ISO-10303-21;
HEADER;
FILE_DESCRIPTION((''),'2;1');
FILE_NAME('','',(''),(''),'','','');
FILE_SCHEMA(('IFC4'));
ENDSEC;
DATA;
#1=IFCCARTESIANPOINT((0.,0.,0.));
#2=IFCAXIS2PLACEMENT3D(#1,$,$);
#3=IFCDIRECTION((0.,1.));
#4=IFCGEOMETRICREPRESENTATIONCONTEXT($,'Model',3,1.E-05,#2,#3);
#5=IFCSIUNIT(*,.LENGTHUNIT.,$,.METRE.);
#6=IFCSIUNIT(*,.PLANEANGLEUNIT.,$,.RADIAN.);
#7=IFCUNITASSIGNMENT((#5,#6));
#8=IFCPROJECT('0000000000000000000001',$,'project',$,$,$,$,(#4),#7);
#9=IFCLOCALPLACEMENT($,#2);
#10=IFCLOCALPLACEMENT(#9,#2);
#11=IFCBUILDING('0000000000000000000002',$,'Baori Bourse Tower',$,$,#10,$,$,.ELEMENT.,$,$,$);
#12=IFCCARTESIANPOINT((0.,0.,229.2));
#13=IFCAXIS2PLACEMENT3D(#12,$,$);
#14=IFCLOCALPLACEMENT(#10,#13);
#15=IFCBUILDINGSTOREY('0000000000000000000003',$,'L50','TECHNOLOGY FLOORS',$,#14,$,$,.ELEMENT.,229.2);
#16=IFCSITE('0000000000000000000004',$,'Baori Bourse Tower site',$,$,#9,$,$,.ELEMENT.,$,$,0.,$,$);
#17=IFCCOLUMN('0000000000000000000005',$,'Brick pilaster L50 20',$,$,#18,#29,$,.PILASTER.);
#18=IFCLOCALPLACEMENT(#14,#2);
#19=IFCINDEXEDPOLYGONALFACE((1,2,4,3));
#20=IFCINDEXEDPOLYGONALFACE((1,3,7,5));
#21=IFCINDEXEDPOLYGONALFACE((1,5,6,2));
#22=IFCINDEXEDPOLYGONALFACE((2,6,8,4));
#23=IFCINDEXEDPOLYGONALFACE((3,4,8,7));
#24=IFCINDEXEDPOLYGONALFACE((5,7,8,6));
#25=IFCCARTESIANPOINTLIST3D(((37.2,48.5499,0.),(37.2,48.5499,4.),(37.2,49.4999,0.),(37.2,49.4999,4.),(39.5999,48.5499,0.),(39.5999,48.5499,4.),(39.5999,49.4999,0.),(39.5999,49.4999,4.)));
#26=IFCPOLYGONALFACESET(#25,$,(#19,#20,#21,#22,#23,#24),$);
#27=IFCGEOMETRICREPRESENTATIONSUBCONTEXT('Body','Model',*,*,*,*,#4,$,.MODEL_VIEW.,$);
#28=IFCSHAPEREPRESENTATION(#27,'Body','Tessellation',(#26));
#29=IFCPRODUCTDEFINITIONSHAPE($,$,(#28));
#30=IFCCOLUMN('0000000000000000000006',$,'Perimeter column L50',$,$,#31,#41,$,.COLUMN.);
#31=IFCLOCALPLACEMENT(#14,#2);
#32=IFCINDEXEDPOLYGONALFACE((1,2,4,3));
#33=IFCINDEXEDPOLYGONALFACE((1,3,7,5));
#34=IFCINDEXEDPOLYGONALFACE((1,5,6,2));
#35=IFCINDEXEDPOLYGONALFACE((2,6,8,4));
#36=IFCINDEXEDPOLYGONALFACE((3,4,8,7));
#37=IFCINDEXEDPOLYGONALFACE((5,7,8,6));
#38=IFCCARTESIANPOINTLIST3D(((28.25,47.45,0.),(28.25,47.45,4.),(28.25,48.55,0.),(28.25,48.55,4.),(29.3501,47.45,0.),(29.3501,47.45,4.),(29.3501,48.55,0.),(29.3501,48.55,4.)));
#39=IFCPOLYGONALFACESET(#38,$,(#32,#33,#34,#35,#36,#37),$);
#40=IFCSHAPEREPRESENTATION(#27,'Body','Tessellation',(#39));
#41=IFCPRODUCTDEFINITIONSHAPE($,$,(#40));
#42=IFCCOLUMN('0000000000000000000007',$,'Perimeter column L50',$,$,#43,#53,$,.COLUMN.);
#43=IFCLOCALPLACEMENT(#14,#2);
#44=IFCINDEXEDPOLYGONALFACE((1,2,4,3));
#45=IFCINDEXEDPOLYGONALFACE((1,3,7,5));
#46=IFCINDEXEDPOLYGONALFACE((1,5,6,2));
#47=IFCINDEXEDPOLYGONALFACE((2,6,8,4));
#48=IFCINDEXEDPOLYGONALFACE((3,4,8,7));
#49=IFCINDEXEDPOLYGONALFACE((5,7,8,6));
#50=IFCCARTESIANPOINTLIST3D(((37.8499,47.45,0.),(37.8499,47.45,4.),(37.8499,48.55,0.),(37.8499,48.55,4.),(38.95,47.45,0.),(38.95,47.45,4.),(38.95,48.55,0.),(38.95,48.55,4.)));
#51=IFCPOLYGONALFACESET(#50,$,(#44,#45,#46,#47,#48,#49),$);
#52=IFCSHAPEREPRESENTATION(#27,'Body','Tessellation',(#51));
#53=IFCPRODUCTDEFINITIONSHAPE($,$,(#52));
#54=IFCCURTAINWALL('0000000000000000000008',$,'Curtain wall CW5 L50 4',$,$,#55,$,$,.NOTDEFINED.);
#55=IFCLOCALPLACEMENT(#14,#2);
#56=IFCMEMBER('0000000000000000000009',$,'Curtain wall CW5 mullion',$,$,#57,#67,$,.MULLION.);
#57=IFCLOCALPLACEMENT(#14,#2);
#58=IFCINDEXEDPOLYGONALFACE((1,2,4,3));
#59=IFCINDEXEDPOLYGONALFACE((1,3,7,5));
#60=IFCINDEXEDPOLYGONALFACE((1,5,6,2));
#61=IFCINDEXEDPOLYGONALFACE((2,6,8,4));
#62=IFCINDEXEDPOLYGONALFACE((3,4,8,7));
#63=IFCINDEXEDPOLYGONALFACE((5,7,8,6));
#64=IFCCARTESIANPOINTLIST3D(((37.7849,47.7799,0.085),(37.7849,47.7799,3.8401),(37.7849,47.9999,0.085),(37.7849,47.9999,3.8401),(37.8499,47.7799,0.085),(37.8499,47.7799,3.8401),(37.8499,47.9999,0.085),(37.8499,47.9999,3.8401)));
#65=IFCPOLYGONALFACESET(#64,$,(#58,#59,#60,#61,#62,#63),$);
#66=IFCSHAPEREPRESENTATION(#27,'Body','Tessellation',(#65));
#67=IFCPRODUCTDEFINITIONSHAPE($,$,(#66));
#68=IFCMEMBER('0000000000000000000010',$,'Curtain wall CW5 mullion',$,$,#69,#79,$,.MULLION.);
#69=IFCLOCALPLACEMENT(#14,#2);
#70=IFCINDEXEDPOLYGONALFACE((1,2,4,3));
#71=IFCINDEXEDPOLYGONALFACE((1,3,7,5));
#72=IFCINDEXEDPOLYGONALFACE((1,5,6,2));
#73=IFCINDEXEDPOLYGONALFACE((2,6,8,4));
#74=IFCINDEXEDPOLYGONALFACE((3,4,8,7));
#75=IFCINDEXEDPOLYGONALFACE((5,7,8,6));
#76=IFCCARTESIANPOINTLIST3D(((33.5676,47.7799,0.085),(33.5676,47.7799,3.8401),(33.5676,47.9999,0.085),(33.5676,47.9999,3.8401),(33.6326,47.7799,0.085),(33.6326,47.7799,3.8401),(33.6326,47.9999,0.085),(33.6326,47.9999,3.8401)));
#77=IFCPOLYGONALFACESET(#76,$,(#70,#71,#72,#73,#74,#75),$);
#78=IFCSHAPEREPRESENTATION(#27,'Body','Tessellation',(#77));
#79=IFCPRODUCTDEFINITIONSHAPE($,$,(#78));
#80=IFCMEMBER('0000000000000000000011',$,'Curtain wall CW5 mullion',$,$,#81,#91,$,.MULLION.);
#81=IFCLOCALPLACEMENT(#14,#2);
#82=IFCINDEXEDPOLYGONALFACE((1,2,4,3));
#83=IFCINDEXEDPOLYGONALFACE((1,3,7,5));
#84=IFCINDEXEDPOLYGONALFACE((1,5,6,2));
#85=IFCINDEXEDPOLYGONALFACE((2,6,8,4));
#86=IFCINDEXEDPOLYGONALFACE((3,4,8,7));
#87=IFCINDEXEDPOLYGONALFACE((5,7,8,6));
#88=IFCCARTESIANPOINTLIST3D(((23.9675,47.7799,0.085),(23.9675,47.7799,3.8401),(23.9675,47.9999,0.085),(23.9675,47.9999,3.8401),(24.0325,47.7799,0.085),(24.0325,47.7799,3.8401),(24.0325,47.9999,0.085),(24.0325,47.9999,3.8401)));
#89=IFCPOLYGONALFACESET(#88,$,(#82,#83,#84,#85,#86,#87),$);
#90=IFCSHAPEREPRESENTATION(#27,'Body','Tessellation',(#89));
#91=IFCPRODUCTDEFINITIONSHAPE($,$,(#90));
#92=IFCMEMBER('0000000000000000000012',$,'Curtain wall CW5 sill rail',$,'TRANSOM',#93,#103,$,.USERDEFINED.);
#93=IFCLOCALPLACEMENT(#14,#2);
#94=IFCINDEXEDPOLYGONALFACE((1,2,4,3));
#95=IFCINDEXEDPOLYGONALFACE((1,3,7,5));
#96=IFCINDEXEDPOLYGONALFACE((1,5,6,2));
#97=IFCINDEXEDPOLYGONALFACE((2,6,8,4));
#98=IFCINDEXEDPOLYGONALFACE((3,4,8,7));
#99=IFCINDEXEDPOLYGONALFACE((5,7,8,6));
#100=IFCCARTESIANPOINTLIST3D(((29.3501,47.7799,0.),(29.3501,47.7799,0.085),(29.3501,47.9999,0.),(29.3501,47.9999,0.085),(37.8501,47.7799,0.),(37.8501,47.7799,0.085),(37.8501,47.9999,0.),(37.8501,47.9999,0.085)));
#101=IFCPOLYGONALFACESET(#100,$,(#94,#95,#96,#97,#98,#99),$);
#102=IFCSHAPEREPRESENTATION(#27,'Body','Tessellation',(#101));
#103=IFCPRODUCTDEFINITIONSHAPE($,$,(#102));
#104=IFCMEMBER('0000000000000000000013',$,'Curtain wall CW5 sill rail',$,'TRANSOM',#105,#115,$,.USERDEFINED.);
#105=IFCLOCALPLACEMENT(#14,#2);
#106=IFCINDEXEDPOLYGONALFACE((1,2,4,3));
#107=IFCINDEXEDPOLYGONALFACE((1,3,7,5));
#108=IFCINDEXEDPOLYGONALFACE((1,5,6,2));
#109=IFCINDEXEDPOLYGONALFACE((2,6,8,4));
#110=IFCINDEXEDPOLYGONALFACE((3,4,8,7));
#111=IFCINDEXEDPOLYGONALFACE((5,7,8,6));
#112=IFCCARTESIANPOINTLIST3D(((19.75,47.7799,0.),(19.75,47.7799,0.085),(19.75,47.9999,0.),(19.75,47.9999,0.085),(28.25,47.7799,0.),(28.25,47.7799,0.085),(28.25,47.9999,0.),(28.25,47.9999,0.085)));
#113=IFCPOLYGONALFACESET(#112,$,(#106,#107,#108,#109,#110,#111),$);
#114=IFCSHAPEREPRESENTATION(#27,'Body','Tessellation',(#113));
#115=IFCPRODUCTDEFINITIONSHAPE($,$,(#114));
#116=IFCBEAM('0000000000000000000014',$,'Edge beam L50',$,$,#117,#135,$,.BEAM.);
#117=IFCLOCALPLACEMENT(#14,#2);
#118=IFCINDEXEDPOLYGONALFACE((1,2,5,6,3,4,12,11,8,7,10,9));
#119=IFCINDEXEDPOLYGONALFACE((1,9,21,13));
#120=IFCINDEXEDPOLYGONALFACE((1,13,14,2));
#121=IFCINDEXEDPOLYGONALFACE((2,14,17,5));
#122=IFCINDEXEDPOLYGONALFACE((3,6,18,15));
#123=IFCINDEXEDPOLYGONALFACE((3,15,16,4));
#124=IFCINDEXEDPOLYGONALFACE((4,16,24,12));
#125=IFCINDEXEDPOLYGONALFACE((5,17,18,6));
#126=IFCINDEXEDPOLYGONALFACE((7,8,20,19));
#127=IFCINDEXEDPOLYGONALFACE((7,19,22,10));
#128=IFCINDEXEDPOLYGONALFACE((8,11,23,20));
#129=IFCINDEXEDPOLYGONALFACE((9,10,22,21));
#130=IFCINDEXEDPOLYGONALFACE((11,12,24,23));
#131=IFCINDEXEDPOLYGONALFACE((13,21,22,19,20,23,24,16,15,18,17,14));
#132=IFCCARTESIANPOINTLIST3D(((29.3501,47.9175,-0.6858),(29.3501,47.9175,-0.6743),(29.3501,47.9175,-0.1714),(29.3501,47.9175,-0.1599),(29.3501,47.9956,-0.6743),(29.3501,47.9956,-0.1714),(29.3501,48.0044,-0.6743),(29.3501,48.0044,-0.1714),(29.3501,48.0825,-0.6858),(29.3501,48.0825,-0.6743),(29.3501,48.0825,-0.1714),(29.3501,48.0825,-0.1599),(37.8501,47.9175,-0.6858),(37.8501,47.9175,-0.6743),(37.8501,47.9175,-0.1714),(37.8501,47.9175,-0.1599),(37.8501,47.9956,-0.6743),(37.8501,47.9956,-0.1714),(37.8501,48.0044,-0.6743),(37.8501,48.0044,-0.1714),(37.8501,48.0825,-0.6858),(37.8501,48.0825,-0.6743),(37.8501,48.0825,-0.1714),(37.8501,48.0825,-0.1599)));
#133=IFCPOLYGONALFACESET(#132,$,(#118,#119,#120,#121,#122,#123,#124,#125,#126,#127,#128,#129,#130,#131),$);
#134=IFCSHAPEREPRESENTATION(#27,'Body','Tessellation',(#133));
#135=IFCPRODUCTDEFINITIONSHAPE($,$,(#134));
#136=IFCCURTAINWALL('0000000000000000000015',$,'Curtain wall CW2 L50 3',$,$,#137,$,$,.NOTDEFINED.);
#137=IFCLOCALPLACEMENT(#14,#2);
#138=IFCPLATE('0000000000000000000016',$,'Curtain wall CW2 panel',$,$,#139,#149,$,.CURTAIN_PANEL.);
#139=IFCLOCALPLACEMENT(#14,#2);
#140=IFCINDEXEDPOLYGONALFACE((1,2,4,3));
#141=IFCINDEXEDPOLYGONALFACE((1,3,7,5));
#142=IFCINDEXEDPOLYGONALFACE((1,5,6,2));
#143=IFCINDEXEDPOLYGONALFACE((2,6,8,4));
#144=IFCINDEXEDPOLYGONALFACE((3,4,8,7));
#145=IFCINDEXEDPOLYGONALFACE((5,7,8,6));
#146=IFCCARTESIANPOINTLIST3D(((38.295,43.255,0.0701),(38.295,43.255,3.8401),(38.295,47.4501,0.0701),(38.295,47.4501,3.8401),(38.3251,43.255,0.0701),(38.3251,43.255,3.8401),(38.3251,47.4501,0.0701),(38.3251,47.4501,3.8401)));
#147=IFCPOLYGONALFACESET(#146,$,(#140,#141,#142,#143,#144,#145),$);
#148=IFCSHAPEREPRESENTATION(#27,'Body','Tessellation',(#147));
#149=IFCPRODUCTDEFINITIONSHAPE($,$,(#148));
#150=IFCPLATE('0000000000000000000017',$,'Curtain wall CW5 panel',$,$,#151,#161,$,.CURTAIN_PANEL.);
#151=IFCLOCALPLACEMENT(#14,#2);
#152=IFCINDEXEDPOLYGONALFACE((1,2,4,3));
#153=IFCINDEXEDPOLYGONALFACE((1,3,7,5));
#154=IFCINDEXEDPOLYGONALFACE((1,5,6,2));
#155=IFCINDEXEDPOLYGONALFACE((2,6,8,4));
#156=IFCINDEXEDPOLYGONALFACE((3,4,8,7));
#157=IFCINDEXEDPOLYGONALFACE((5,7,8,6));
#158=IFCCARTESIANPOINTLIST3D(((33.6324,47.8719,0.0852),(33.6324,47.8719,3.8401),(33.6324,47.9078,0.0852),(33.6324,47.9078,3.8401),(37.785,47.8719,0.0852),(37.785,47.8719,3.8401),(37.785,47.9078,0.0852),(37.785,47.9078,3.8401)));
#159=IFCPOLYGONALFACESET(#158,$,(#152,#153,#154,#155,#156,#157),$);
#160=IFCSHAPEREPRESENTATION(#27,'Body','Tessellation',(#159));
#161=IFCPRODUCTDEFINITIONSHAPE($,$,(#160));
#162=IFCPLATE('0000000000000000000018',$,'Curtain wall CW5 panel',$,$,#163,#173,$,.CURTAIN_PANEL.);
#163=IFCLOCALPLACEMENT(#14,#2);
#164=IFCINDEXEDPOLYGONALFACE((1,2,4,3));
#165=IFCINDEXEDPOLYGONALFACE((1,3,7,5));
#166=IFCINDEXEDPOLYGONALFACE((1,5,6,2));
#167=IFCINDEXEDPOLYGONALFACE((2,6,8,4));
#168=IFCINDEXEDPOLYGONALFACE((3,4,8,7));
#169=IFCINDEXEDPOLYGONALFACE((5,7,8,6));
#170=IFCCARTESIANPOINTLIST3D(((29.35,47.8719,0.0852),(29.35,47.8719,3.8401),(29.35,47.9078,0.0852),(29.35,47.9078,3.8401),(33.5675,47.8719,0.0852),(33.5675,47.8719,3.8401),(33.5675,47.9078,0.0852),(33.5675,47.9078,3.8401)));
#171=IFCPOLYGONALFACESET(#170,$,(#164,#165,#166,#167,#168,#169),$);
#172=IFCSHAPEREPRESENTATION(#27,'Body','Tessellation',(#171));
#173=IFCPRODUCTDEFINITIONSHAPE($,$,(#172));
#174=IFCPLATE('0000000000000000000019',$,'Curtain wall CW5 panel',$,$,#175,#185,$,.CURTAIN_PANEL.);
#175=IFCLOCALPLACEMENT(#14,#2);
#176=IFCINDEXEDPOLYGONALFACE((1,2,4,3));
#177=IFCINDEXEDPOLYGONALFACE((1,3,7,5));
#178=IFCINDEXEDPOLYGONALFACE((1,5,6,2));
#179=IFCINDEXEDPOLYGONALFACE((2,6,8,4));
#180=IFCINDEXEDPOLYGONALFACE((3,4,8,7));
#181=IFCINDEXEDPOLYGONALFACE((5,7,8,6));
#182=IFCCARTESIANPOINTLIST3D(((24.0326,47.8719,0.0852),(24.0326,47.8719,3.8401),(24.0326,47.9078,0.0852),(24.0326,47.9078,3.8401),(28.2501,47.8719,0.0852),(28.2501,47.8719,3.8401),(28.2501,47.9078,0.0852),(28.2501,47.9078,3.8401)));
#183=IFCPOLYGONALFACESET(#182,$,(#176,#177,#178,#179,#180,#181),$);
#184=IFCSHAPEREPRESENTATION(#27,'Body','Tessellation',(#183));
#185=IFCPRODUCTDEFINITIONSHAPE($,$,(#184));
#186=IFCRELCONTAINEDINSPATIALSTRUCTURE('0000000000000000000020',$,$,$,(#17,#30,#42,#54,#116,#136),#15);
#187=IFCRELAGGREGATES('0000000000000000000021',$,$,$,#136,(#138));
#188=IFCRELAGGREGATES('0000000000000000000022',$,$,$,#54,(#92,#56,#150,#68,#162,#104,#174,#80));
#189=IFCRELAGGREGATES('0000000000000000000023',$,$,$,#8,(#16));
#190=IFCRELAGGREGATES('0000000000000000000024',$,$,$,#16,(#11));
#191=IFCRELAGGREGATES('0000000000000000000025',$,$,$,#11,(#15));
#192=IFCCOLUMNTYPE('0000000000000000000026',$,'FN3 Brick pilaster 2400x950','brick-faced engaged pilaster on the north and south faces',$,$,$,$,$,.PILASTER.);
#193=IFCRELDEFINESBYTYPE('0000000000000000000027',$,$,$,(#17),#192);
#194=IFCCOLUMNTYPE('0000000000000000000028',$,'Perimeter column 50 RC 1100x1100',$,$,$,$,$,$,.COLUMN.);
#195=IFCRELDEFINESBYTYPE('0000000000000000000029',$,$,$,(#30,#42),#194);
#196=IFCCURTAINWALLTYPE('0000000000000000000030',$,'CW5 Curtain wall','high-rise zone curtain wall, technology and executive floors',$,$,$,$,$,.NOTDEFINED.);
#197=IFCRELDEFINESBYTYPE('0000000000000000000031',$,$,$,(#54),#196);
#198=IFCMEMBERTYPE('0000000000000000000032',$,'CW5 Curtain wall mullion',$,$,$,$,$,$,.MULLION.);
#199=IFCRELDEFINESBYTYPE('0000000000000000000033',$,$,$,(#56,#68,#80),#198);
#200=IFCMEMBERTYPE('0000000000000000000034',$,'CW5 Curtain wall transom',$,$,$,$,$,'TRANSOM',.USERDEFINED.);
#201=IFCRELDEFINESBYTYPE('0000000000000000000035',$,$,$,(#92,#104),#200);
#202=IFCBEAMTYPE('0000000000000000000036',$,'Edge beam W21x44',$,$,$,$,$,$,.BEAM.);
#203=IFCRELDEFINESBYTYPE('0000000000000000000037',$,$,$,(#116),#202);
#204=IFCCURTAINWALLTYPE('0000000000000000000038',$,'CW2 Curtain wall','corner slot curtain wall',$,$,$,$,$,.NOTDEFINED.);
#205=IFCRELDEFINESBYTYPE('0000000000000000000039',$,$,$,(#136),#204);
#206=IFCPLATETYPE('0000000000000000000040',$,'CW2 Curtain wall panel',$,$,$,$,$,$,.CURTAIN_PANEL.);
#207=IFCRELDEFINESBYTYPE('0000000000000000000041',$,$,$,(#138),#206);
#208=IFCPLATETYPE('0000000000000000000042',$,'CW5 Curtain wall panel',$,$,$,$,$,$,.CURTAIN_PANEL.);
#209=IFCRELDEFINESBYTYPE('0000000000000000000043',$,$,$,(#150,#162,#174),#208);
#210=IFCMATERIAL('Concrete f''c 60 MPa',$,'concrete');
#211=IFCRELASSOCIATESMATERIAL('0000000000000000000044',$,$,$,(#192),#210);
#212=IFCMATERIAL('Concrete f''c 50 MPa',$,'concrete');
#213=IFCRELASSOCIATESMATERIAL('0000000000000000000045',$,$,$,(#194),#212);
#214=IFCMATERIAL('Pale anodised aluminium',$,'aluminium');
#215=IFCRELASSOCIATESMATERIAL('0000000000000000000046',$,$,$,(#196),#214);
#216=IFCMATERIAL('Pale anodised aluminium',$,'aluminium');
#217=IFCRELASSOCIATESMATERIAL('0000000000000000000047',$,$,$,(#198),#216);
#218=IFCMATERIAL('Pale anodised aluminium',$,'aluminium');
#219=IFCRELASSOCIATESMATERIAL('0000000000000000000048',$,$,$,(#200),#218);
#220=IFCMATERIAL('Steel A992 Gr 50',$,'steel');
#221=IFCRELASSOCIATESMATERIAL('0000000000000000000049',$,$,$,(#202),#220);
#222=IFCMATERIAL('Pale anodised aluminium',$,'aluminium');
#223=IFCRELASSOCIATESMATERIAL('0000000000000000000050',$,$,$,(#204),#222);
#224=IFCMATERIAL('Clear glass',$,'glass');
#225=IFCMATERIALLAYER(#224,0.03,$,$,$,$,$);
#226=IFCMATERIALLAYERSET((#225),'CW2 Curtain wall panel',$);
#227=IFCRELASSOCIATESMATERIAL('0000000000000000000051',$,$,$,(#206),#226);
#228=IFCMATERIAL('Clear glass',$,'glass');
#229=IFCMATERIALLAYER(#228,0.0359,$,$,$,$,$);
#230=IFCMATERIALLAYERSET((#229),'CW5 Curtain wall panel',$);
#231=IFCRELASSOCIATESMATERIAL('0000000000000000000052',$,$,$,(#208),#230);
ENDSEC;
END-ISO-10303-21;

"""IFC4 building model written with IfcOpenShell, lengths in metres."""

from ifc_helpers import new_model, si_unit, direction, frame, origin, origin_2d, place, context, subcontext, project, spatial, rectangle, i_section, extrude, material, layer, layer_set, material_profile, profile_set, type_object, element, aggregate, save


model = new_model("IFC4")

# Units and contexts
model_context = context("Model", 3, precision=1e-05, world=origin(), true_north=direction((0.0, 1.0)))
body_context = subcontext(model_context, "Body", "Model", "MODEL_VIEW")
ifc_project = project(units=[si_unit("LENGTHUNIT", "METRE"), si_unit("PLANEANGLEUNIT", "RADIAN")], contexts=[model_context])

# Site, building, storey
site_placement = place(None, origin())
site = spatial("IfcSite", under=ifc_project, at=site_placement, Name="Baori Bourse Tower site", CompositionType="ELEMENT", RefElevation=0.0)
building_placement = place(site_placement, origin())
building = spatial("IfcBuilding", under=site, at=building_placement, Name="Baori Bourse Tower", CompositionType="ELEMENT")
storey_placement = place(building_placement, frame((0.0, 0.0, 229.2)))
storey = spatial("IfcBuildingStorey", under=building, at=storey_placement, Name="L50", Description="TECHNOLOGY FLOORS", CompositionType="ELEMENT", Elevation=229.2)

# Columns
ifc_material_1 = material(Name="Concrete f'c 60 MPa", Category="concrete")
ifc_material_profile_1 = material_profile(ifc_material_1, rectangle(XDim=2.3999, YDim=0.95, at=origin_2d()), Name="RC 2400x950")
ifc_profile_set_1 = profile_set([ifc_material_profile_1], Name="Concrete f'c 60 MPa")
column_type_1 = type_object("IfcColumnType", Name="FN3 Brick pilaster 2400x950", Description="brick-faced engaged pilaster on the north and south faces", PredefinedType="PILASTER", material=ifc_profile_set_1)
column_placement = place(storey_placement, frame((38.3999, 49.0249, 0.0), z_axis=(0.0, 0.0, 1.0), x_axis=(1.0, 0.0, 0.0)))
element("IfcColumn", 1, at=column_placement, inside=storey, type_object=column_type_1, Name="Brick pilaster L50 20", PredefinedType="PILASTER", context=body_context, shape_type="SweptSolid", body=[
    extrude(rectangle(XDim=2.3999, YDim=0.95, at=origin_2d()), origin(), (0.0, 0.0, 1.0), 4.0),
])
ifc_material_2 = material(Name="Concrete f'c 50 MPa", Category="concrete")
ifc_material_profile_2 = material_profile(ifc_material_2, rectangle(XDim=1.1001, YDim=1.1001, at=origin_2d()), Name="RC 1100x1100")
ifc_profile_set_2 = profile_set([ifc_material_profile_2], Name="Concrete f'c 50 MPa")
column_type_2 = type_object("IfcColumnType", Name="Perimeter column 50 RC 1100x1100", PredefinedType="COLUMN", material=ifc_profile_set_2)
for number, where, z_axis, x_axis, name in (
    (2, (28.8, 48.0, 0.0), (0.0, 0.0, 1.0), (1.0, 0.0, 0.0), "Perimeter column L50"),
    (3, (38.3999, 48.0, 0.0), (0.0, 0.0, 1.0), (1.0, 0.0, 0.0), "Perimeter column L50"),
):
    element("IfcColumn", number, at=place(storey_placement, frame(where, z_axis=z_axis, x_axis=x_axis)), inside=storey, type_object=column_type_2, Name=name, PredefinedType="COLUMN", context=body_context, shape_type="SweptSolid", body=[
        extrude(rectangle(XDim=1.1001, YDim=1.1001, at=origin_2d()), origin(), (0.0, 0.0, 1.0), 4.0),
    ])

# Curtain wall, members
ifc_material_3 = material(Name="Pale anodised aluminium", Category="aluminium")
curtain_wall_type_1 = type_object("IfcCurtainWallType", Name="CW5 Curtain wall", Description="high-rise zone curtain wall, technology and executive floors", PredefinedType="NOTDEFINED", material=ifc_material_3)
curtain_wall_1_placement = place(storey_placement, origin())
curtain_wall_1 = element("IfcCurtainWall", 4, at=curtain_wall_1_placement, inside=storey, type_object=curtain_wall_type_1, Name="Curtain wall CW5 L50 4", PredefinedType="NOTDEFINED")
ifc_material_4 = material(Name="Pale anodised aluminium", Category="aluminium")
ifc_material_profile_3 = material_profile(ifc_material_4, rectangle(XDim=0.22, YDim=0.0649, at=origin_2d()), Name="Mullion 65x220")
ifc_profile_set_3 = profile_set([ifc_material_profile_3], Name="Pale anodised aluminium")
member_type_1 = type_object("IfcMemberType", Name="CW5 Curtain wall mullion", PredefinedType="MULLION", material=ifc_profile_set_3)
member_1_placement = place(storey_placement, frame((37.8174, 47.8899, 0.085), z_axis=(0.0, 0.0, 1.0), x_axis=(0.0, -1.0, 0.0)))
member_1 = element("IfcMember", 5, at=member_1_placement, type_object=member_type_1, Name="Curtain wall CW5 mullion", PredefinedType="MULLION", context=body_context, shape_type="SweptSolid", body=[
    extrude(rectangle(XDim=0.22, YDim=0.0649, at=origin_2d()), origin(), (0.0, 0.0, 1.0), 3.7551),
])
member_2_placement = place(storey_placement, frame((33.6001, 47.8899, 0.085), z_axis=(0.0, 0.0, 1.0), x_axis=(0.0, -1.0, 0.0)))
member_2 = element("IfcMember", 6, at=member_2_placement, type_object=member_type_1, Name="Curtain wall CW5 mullion", PredefinedType="MULLION", context=body_context, shape_type="SweptSolid", body=[
    extrude(rectangle(XDim=0.22, YDim=0.0649, at=origin_2d()), origin(), (0.0, 0.0, 1.0), 3.7551),
])
member_3_placement = place(storey_placement, frame((24.0, 47.8899, 0.085), z_axis=(0.0, 0.0, 1.0), x_axis=(0.0, -1.0, 0.0)))
member_3 = element("IfcMember", 7, at=member_3_placement, type_object=member_type_1, Name="Curtain wall CW5 mullion", PredefinedType="MULLION", context=body_context, shape_type="SweptSolid", body=[
    extrude(rectangle(XDim=0.22, YDim=0.0649, at=origin_2d()), origin(), (0.0, 0.0, 1.0), 3.7551),
])
ifc_material_5 = material(Name="Pale anodised aluminium", Category="aluminium")
ifc_material_profile_4 = material_profile(ifc_material_5, rectangle(XDim=0.22, YDim=0.085, at=origin_2d()), Name="Transom 85x220")
ifc_profile_set_4 = profile_set([ifc_material_profile_4], Name="Pale anodised aluminium")
member_type_2 = type_object("IfcMemberType", Name="CW5 Curtain wall transom", ElementType="TRANSOM", PredefinedType="USERDEFINED", material=ifc_profile_set_4)
member_4_placement = place(storey_placement, frame((37.8501, 47.8899, 0.0425), z_axis=(-1.0, 0.0, 0.0), x_axis=(0.0, -1.0, 0.0)))
member_4 = element("IfcMember", 8, at=member_4_placement, type_object=member_type_2, Name="Curtain wall CW5 sill rail", ObjectType="TRANSOM", PredefinedType="USERDEFINED", context=body_context, shape_type="SweptSolid", body=[
    extrude(rectangle(XDim=0.22, YDim=0.085, at=origin_2d()), origin(), (0.0, 0.0, 1.0), 8.5),
])
member_5_placement = place(storey_placement, frame((28.25, 47.8899, 0.0425), z_axis=(-1.0, 0.0, 0.0), x_axis=(0.0, -1.0, 0.0)))
member_5 = element("IfcMember", 9, at=member_5_placement, type_object=member_type_2, Name="Curtain wall CW5 sill rail", ObjectType="TRANSOM", PredefinedType="USERDEFINED", context=body_context, shape_type="SweptSolid", body=[
    extrude(rectangle(XDim=0.22, YDim=0.085, at=origin_2d()), origin(), (0.0, 0.0, 1.0), 8.5),
])

# Beam
ifc_material_6 = material(Name="Steel A992 Gr 50", Category="steel")
ifc_material_profile_5 = material_profile(ifc_material_6, i_section(OverallWidth=0.165, OverallDepth=0.5259, WebThickness=0.0088, FlangeThickness=0.0115, at=origin_2d()), Name="W21x44")
ifc_profile_set_5 = profile_set([ifc_material_profile_5], Name="Steel A992 Gr 50")
beam_type = type_object("IfcBeamType", Name="Edge beam W21x44", PredefinedType="BEAM", material=ifc_profile_set_5)
beam_placement = place(storey_placement, frame((29.3501, 48.0, -0.4229), z_axis=(1.0, 0.0, 0.0), x_axis=(0.0, 1.0, 0.0)))
element("IfcBeam", 10, at=beam_placement, inside=storey, type_object=beam_type, Name="Edge beam L50", PredefinedType="BEAM", context=body_context, shape_type="SweptSolid", body=[
    extrude(i_section(OverallWidth=0.165, OverallDepth=0.5259, WebThickness=0.0088, FlangeThickness=0.0115, at=origin_2d()), origin(), (0.0, 0.0, 1.0), 8.5),
])

# Curtain wall, plate
ifc_material_7 = material(Name="Pale anodised aluminium", Category="aluminium")
curtain_wall_type_2 = type_object("IfcCurtainWallType", Name="CW2 Curtain wall", Description="corner slot curtain wall", PredefinedType="NOTDEFINED", material=ifc_material_7)
curtain_wall_2_placement = place(storey_placement, origin())
curtain_wall_2 = element("IfcCurtainWall", 11, at=curtain_wall_2_placement, inside=storey, type_object=curtain_wall_type_2, Name="Curtain wall CW2 L50 3", PredefinedType="NOTDEFINED")
ifc_material_8 = material(Name="Clear glass", Category="glass")
ifc_layer_1 = layer(ifc_material_8, 0.03)
ifc_layer_set_1 = layer_set([ifc_layer_1], Name="CW2 Curtain wall panel")
plate_type_1 = type_object("IfcPlateType", Name="CW2 Curtain wall panel", PredefinedType="CURTAIN_PANEL", material=ifc_layer_set_1)
plate_1_placement = place(storey_placement, frame((38.3101, 45.3525, 0.0701), z_axis=(0.0, 0.0, 1.0), x_axis=(0.0, 1.0, 0.0)))
plate_1 = element("IfcPlate", 12, at=plate_1_placement, type_object=plate_type_1, Name="Curtain wall CW2 panel", PredefinedType="CURTAIN_PANEL", context=body_context, shape_type="SweptSolid", body=[
    extrude(rectangle(XDim=4.1951, YDim=0.03, at=origin_2d()), origin(), (0.0, 0.0, 1.0), 3.77),
])
aggregate(curtain_wall_2, [plate_1])

# Plates
ifc_material_9 = material(Name="Clear glass", Category="glass")
ifc_layer_2 = layer(ifc_material_9, 0.0359)
ifc_layer_set_2 = layer_set([ifc_layer_2], Name="CW5 Curtain wall panel")
plate_type_2 = type_object("IfcPlateType", Name="CW5 Curtain wall panel", PredefinedType="CURTAIN_PANEL", material=ifc_layer_set_2)
plate_2_placement = place(storey_placement, frame((35.7087, 47.8899, 0.0852), z_axis=(0.0, 0.0, 1.0), x_axis=(-1.0, 0.0, 0.0)))
plate_2 = element("IfcPlate", 13, at=plate_2_placement, type_object=plate_type_2, Name="Curtain wall CW5 panel", PredefinedType="CURTAIN_PANEL", context=body_context, shape_type="SweptSolid", body=[
    extrude(rectangle(XDim=4.1526, YDim=0.0359, at=origin_2d()), origin(), (0.0, 0.0, 1.0), 3.7549),
])
plate_3_placement = place(storey_placement, frame((31.4587, 47.8899, 0.0852), z_axis=(0.0, 0.0, 1.0), x_axis=(-1.0, 0.0, 0.0)))
plate_3 = element("IfcPlate", 14, at=plate_3_placement, type_object=plate_type_2, Name="Curtain wall CW5 panel", PredefinedType="CURTAIN_PANEL", context=body_context, shape_type="SweptSolid", body=[
    extrude(rectangle(XDim=4.2175, YDim=0.0359, at=origin_2d()), origin(), (0.0, 0.0, 1.0), 3.7549),
])
plate_4_placement = place(storey_placement, frame((26.1414, 47.8899, 0.0852), z_axis=(0.0, 0.0, 1.0), x_axis=(-1.0, 0.0, 0.0)))
plate_4 = element("IfcPlate", 15, at=plate_4_placement, type_object=plate_type_2, Name="Curtain wall CW5 panel", PredefinedType="CURTAIN_PANEL", context=body_context, shape_type="SweptSolid", body=[
    extrude(rectangle(XDim=4.2175, YDim=0.0359, at=origin_2d()), origin(), (0.0, 0.0, 1.0), 3.7549),
])
aggregate(curtain_wall_1, [member_4, member_1, plate_2, member_2, plate_3, member_5, plate_4, member_3])

save(model, "model.ifc")
